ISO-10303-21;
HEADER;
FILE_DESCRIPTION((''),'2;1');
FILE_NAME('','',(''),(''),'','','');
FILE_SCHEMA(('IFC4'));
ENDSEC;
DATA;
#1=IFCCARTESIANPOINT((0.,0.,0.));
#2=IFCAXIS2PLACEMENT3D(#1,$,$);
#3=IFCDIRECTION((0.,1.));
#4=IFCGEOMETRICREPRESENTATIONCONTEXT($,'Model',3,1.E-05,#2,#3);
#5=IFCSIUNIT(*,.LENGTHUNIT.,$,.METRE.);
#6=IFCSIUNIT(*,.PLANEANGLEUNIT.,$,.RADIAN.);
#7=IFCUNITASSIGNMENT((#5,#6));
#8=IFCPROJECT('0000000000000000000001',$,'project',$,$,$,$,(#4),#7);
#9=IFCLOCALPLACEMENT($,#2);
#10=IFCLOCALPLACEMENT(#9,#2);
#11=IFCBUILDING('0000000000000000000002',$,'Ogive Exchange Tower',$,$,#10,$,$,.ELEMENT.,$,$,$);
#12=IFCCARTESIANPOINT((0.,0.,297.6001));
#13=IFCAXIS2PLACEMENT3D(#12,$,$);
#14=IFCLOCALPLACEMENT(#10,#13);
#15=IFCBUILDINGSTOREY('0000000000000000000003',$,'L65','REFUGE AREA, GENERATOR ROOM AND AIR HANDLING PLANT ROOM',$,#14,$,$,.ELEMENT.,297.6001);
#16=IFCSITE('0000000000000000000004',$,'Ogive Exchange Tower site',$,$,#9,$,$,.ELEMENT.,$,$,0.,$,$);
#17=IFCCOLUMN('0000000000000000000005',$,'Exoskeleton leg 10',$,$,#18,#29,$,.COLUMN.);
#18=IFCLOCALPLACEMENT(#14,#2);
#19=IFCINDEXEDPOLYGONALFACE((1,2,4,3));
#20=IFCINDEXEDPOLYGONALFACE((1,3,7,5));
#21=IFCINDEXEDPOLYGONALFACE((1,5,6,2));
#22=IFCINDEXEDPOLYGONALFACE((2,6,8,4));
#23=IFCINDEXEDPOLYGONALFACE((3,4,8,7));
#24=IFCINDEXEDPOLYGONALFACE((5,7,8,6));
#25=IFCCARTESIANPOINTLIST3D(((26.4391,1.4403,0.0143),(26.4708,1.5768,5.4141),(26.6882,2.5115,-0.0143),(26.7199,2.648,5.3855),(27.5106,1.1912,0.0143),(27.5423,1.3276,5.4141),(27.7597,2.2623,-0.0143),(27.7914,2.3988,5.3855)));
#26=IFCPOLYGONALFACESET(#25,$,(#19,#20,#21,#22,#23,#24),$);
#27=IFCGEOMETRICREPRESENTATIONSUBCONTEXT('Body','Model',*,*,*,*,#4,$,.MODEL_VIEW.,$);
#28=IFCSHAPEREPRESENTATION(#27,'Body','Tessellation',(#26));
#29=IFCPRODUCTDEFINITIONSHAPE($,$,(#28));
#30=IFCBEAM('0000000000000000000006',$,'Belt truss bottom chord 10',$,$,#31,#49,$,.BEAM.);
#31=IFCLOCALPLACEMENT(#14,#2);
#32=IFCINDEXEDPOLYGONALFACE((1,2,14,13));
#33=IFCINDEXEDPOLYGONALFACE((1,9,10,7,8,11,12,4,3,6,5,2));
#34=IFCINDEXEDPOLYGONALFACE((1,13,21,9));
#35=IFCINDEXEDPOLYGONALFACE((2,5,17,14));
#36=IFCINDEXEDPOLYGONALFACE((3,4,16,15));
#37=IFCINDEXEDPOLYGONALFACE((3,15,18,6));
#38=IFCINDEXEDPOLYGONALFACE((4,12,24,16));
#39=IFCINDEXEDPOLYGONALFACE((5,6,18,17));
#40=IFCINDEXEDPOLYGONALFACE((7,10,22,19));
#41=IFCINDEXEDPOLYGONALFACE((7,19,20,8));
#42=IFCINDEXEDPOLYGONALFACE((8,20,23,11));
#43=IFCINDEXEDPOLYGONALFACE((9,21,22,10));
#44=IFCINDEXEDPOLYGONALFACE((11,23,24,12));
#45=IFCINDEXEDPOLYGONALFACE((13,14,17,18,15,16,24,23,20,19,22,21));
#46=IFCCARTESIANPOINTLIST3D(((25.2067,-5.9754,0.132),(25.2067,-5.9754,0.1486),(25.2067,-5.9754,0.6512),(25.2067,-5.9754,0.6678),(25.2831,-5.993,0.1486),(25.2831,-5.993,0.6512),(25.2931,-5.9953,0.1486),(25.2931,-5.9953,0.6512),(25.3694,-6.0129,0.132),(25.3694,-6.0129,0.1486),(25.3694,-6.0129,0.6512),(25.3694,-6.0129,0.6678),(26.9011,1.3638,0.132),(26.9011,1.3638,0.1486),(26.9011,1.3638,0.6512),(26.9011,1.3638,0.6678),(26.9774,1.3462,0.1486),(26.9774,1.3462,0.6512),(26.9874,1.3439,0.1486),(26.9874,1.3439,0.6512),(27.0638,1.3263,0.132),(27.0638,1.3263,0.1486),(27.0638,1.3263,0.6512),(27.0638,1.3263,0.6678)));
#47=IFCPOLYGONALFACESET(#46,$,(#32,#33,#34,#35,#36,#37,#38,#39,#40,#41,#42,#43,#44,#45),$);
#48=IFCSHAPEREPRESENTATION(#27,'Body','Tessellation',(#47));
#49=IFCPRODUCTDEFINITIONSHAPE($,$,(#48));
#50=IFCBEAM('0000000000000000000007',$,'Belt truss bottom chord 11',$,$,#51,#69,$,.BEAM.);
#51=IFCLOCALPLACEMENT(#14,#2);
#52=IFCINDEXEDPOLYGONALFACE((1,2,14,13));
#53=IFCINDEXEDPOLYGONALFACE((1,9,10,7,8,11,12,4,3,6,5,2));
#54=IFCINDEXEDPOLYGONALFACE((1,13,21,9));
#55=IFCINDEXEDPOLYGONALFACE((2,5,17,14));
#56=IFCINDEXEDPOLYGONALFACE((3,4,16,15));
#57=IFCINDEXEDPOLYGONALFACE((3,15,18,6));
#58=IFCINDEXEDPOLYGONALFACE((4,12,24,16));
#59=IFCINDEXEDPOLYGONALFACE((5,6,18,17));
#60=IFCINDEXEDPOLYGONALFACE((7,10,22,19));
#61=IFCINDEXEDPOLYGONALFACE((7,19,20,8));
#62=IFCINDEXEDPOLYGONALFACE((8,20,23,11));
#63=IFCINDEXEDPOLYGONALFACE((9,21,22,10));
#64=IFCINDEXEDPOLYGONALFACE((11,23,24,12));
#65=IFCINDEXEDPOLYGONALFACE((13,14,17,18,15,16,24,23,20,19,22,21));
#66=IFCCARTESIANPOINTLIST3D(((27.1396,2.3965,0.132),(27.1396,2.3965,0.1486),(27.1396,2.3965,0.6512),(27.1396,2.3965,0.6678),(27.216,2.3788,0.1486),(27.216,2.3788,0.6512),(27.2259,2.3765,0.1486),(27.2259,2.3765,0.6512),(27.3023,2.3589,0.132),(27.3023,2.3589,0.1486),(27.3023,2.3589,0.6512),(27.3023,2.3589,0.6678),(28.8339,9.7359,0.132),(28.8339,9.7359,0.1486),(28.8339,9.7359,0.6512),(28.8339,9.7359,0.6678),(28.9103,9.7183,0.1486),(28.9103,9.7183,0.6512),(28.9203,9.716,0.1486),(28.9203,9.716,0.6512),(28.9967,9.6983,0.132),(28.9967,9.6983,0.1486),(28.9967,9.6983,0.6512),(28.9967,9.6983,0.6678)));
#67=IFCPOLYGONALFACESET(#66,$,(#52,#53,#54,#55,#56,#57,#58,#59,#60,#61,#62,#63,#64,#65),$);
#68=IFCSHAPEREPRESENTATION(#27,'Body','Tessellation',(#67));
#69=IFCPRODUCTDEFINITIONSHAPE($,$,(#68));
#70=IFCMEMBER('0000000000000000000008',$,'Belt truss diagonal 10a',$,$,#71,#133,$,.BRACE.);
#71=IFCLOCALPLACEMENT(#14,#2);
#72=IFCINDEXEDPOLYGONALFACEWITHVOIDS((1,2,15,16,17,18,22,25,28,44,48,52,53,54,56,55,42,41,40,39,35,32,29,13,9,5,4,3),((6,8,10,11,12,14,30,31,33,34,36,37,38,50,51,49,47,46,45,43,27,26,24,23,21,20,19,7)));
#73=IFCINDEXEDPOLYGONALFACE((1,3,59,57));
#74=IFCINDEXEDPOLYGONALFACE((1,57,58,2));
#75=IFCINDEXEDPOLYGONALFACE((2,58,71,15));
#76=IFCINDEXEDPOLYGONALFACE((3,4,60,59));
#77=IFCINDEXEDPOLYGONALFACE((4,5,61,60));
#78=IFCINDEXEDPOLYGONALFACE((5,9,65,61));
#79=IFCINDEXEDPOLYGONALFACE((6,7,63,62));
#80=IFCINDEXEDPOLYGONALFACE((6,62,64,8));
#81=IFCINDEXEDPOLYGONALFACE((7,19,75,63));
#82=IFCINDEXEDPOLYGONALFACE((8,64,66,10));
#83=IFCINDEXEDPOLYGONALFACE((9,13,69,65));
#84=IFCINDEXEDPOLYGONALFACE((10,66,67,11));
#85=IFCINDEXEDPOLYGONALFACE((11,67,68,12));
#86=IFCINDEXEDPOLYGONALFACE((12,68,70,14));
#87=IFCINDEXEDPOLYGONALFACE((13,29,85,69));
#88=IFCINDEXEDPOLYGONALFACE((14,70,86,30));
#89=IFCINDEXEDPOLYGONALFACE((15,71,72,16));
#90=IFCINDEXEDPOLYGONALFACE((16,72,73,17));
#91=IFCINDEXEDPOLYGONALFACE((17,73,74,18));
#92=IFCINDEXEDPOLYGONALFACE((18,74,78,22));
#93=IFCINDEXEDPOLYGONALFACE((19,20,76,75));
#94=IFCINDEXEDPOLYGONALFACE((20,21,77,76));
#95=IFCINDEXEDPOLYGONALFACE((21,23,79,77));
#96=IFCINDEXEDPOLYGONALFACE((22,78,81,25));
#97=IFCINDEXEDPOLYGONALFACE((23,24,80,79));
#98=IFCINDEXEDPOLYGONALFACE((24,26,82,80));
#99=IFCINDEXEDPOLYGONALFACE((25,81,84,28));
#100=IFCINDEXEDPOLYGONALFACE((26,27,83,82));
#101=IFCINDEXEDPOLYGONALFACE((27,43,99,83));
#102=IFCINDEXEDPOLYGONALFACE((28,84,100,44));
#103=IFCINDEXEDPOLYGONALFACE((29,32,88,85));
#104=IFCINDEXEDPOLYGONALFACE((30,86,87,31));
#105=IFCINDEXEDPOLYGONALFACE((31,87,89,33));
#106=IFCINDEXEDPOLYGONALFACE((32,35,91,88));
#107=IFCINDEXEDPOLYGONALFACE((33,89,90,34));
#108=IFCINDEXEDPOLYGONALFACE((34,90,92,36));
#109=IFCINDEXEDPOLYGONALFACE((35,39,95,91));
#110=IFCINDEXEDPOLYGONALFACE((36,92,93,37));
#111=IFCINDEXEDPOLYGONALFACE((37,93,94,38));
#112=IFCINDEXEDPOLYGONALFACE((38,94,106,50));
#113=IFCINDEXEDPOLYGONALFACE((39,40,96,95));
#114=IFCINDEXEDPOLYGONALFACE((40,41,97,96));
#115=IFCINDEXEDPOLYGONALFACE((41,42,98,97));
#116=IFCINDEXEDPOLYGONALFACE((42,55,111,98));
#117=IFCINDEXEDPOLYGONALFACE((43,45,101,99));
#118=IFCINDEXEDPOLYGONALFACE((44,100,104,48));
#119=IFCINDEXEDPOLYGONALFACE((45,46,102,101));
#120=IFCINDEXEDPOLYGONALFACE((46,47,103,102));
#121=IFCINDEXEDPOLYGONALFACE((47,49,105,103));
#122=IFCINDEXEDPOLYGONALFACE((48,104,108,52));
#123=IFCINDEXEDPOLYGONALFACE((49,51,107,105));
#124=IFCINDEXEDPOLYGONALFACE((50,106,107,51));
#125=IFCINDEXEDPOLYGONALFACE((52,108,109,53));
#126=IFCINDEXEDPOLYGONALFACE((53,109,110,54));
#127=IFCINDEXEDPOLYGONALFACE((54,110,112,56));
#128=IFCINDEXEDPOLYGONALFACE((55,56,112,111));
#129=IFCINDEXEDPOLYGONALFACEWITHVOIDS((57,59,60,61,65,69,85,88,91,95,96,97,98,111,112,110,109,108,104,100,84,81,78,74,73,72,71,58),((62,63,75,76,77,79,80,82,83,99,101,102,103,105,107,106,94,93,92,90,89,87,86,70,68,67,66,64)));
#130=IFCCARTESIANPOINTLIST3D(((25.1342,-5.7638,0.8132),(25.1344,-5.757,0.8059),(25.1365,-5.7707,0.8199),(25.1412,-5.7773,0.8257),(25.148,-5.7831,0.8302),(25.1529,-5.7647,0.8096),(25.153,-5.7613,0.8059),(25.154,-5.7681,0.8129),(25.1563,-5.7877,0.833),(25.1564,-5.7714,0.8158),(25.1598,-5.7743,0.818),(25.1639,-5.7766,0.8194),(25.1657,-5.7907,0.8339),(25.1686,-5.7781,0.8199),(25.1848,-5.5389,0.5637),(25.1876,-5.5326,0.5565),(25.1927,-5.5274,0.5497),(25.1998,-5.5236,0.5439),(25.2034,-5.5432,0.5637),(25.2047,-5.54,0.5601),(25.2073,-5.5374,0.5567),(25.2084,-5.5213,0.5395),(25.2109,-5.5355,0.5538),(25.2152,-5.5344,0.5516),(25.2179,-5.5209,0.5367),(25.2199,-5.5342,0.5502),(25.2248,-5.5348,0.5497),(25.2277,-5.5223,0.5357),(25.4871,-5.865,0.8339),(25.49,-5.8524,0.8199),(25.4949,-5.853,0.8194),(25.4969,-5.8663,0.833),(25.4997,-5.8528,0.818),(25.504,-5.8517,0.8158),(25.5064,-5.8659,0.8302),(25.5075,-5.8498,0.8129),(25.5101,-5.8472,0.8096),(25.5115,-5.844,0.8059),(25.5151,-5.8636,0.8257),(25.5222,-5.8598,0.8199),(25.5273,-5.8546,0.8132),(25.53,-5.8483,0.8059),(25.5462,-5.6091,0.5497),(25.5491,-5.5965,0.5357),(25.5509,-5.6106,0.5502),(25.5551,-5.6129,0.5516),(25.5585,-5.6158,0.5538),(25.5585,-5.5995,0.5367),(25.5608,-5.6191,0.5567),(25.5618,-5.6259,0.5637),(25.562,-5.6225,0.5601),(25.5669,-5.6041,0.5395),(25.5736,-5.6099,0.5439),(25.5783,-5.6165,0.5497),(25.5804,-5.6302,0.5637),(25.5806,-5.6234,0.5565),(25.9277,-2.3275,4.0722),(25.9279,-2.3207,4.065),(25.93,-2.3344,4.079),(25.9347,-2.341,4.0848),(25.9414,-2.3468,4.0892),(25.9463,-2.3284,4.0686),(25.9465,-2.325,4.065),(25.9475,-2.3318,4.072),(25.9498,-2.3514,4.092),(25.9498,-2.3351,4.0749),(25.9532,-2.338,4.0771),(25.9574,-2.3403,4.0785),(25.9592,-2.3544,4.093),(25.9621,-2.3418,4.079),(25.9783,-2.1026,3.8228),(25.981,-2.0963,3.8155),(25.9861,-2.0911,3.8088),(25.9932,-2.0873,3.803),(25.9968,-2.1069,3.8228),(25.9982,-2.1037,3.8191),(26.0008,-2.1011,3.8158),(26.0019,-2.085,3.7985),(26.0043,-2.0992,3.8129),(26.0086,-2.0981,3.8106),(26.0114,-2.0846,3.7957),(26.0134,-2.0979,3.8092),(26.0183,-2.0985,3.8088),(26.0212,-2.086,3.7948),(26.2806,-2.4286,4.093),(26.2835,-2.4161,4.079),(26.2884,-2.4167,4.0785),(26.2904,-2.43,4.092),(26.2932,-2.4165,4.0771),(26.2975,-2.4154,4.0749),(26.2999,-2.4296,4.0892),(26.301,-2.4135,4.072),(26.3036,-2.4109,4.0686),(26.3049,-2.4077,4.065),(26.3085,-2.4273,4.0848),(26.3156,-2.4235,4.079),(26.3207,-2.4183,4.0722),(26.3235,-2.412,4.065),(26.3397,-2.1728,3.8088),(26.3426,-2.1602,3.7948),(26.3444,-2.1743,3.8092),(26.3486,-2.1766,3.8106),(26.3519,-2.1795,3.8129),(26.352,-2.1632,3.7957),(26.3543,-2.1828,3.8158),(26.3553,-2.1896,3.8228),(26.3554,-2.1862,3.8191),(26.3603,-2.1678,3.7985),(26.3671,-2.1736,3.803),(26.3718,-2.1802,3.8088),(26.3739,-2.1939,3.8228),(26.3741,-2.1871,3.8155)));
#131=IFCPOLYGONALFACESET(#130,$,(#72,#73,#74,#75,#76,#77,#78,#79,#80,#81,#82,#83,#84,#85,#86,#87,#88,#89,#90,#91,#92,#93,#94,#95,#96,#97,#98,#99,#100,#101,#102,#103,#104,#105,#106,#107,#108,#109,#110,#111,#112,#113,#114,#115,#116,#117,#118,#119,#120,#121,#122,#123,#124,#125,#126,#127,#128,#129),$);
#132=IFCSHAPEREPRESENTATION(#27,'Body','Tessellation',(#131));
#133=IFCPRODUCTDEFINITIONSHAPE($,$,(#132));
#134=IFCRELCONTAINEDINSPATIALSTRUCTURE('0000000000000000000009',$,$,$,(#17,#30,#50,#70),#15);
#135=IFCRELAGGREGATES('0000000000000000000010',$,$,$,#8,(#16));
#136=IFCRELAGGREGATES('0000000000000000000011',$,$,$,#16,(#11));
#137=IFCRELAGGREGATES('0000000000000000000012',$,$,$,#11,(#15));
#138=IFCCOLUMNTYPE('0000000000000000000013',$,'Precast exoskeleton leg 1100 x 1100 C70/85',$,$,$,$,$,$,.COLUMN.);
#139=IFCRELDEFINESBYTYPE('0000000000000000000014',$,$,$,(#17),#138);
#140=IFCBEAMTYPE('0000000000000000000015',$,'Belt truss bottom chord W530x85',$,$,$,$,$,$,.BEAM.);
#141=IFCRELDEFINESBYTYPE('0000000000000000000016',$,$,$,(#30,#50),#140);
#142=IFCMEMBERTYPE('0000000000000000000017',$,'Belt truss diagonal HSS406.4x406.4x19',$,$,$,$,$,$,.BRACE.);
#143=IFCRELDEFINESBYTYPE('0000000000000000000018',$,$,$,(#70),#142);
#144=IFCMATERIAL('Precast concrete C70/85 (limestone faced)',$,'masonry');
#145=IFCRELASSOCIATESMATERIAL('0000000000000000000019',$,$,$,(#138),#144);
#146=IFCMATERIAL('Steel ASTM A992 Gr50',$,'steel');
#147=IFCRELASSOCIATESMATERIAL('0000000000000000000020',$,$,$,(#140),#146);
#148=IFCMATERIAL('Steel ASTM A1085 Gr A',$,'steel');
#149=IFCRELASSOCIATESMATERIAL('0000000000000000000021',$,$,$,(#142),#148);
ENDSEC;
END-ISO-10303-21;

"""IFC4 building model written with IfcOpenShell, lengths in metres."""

from ifc_helpers import new_model, si_unit, direction, frame, origin, origin_2d, place, context, subcontext, project, spatial, rectangle, hollow_rectangle, i_section, extrude, material, material_profile, profile_set, type_object, element, save


model = new_model("IFC4")

# Units and contexts
model_context = context("Model", 3, precision=1e-05, world=origin(), true_north=direction((0.0, 1.0)))
body_context = subcontext(model_context, "Body", "Model", "MODEL_VIEW")
ifc_project = project(units=[si_unit("LENGTHUNIT", "METRE"), si_unit("PLANEANGLEUNIT", "RADIAN")], contexts=[model_context])

# Site, building, storey
site_placement = place(None, origin())
site = spatial("IfcSite", under=ifc_project, at=site_placement, Name="Ogive Exchange Tower site", CompositionType="ELEMENT", RefElevation=0.0)
building_placement = place(site_placement, origin())
building = spatial("IfcBuilding", under=site, at=building_placement, Name="Ogive Exchange Tower", CompositionType="ELEMENT")
storey_placement = place(building_placement, frame((0.0, 0.0, 297.6001)))
storey = spatial("IfcBuildingStorey", under=building, at=storey_placement, Name="L65", Description="REFUGE AREA, GENERATOR ROOM AND AIR HANDLING PLANT ROOM", CompositionType="ELEMENT", Elevation=297.6001)

# Column
ifc_material_1 = material(Name="Precast concrete C70/85 (limestone faced)", Category="masonry")
ifc_material_profile_1 = material_profile(ifc_material_1, rectangle(XDim=1.1001, YDim=1.1001, at=origin_2d()), Name="1100 x 1100")
ifc_profile_set_1 = profile_set([ifc_material_profile_1], Name="Precast concrete C70/85 (limestone faced)")
column_type = type_object("IfcColumnType", Name="Precast exoskeleton leg 1100 x 1100 C70/85", PredefinedType="COLUMN", material=ifc_profile_set_1)
column_placement = place(storey_placement, frame((27.0994, 1.8513, 0.0), z_axis=(0.005876, 0.025265, 0.999664), x_axis=(-0.974008, 0.226513, 0.0)))
element("IfcColumn", 1, at=column_placement, inside=storey, type_object=column_type, Name="Exoskeleton leg 10", PredefinedType="COLUMN", context=body_context, shape_type="SweptSolid", body=[
    extrude(rectangle(XDim=1.1001, YDim=1.1001, at=origin_2d()), origin(), (0.0, 0.0, 1.0), 5.4016),
])

# Beams
ifc_material_2 = material(Name="Steel ASTM A992 Gr50", Category="steel")
ifc_material_profile_2 = material_profile(ifc_material_2, i_section(OverallWidth=0.167, OverallDepth=0.5359, WebThickness=0.0103, FlangeThickness=0.0166, at=origin_2d()), Name="W530x85")
ifc_profile_set_2 = profile_set([ifc_material_profile_2], Name="Steel ASTM A992 Gr50")
beam_type_1 = type_object("IfcBeamType", Name="Belt truss bottom chord W530x85", PredefinedType="BEAM", material=ifc_profile_set_2)
beam_1_placement = place(storey_placement, frame((25.2881, -5.9941, 0.3999), z_axis=(0.224947, 0.974371, 0.0), x_axis=(-0.974371, 0.224947, 0.0)))
element("IfcBeam", 2, at=beam_1_placement, inside=storey, type_object=beam_type_1, Name="Belt truss bottom chord 10", PredefinedType="BEAM", context=body_context, shape_type="SweptSolid", body=[
    extrude(i_section(OverallWidth=0.167, OverallDepth=0.5359, WebThickness=0.0103, FlangeThickness=0.0166, at=origin_2d()), origin(), (0.0, 0.0, 1.0), 7.5322),
])
beam_2_placement = place(storey_placement, frame((27.2209, 2.3777, 0.3999), z_axis=(0.22494, 0.974373, 0.0), x_axis=(-0.974373, 0.22494, 0.0)))
element("IfcBeam", 3, at=beam_2_placement, inside=storey, type_object=beam_type_1, Name="Belt truss bottom chord 11", PredefinedType="BEAM", context=body_context, shape_type="SweptSolid", body=[
    extrude(i_section(OverallWidth=0.167, OverallDepth=0.5359, WebThickness=0.0103, FlangeThickness=0.0166, at=origin_2d()), origin(), (0.0, 0.0, 1.0), 7.5325),
])

# Member
ifc_material_3 = material(Name="Steel ASTM A1085 Gr A", Category="steel")
ifc_material_profile_3 = material_profile(ifc_material_3, hollow_rectangle(XDim=0.406, YDim=0.406, WallThickness=0.019, InnerFilletRadius=0.019, OuterFilletRadius=0.0381, at=origin_2d()), Name="HSS406.4x406.4x19")
ifc_profile_set_3 = profile_set([ifc_material_profile_3], Name="Steel ASTM A1085 Gr A")
member_type_1 = type_object("IfcMemberType", Name="Belt truss diagonal HSS406.4x406.4x19", PredefinedType="BRACE", material=ifc_profile_set_3)
member_1_placement = place(storey_placement, frame((25.3574, -5.6936, 0.6848), z_axis=(0.165236, 0.715598, 0.678687), x_axis=(-0.974362, 0.224986, 0.0)))
element("IfcMember", 4, at=member_1_placement, inside=storey, type_object=member_type_1, Name="Belt truss diagonal 10a", PredefinedType="BRACE", context=body_context, shape_type="SweptSolid", body=[
    extrude(hollow_rectangle(XDim=0.406, YDim=0.406, WallThickness=0.019, InnerFilletRadius=0.019, OuterFilletRadius=0.0381, at=origin_2d()), origin(), (0.0, 0.0, 1.0), 4.802),
])

save(model, "model.ifc")
